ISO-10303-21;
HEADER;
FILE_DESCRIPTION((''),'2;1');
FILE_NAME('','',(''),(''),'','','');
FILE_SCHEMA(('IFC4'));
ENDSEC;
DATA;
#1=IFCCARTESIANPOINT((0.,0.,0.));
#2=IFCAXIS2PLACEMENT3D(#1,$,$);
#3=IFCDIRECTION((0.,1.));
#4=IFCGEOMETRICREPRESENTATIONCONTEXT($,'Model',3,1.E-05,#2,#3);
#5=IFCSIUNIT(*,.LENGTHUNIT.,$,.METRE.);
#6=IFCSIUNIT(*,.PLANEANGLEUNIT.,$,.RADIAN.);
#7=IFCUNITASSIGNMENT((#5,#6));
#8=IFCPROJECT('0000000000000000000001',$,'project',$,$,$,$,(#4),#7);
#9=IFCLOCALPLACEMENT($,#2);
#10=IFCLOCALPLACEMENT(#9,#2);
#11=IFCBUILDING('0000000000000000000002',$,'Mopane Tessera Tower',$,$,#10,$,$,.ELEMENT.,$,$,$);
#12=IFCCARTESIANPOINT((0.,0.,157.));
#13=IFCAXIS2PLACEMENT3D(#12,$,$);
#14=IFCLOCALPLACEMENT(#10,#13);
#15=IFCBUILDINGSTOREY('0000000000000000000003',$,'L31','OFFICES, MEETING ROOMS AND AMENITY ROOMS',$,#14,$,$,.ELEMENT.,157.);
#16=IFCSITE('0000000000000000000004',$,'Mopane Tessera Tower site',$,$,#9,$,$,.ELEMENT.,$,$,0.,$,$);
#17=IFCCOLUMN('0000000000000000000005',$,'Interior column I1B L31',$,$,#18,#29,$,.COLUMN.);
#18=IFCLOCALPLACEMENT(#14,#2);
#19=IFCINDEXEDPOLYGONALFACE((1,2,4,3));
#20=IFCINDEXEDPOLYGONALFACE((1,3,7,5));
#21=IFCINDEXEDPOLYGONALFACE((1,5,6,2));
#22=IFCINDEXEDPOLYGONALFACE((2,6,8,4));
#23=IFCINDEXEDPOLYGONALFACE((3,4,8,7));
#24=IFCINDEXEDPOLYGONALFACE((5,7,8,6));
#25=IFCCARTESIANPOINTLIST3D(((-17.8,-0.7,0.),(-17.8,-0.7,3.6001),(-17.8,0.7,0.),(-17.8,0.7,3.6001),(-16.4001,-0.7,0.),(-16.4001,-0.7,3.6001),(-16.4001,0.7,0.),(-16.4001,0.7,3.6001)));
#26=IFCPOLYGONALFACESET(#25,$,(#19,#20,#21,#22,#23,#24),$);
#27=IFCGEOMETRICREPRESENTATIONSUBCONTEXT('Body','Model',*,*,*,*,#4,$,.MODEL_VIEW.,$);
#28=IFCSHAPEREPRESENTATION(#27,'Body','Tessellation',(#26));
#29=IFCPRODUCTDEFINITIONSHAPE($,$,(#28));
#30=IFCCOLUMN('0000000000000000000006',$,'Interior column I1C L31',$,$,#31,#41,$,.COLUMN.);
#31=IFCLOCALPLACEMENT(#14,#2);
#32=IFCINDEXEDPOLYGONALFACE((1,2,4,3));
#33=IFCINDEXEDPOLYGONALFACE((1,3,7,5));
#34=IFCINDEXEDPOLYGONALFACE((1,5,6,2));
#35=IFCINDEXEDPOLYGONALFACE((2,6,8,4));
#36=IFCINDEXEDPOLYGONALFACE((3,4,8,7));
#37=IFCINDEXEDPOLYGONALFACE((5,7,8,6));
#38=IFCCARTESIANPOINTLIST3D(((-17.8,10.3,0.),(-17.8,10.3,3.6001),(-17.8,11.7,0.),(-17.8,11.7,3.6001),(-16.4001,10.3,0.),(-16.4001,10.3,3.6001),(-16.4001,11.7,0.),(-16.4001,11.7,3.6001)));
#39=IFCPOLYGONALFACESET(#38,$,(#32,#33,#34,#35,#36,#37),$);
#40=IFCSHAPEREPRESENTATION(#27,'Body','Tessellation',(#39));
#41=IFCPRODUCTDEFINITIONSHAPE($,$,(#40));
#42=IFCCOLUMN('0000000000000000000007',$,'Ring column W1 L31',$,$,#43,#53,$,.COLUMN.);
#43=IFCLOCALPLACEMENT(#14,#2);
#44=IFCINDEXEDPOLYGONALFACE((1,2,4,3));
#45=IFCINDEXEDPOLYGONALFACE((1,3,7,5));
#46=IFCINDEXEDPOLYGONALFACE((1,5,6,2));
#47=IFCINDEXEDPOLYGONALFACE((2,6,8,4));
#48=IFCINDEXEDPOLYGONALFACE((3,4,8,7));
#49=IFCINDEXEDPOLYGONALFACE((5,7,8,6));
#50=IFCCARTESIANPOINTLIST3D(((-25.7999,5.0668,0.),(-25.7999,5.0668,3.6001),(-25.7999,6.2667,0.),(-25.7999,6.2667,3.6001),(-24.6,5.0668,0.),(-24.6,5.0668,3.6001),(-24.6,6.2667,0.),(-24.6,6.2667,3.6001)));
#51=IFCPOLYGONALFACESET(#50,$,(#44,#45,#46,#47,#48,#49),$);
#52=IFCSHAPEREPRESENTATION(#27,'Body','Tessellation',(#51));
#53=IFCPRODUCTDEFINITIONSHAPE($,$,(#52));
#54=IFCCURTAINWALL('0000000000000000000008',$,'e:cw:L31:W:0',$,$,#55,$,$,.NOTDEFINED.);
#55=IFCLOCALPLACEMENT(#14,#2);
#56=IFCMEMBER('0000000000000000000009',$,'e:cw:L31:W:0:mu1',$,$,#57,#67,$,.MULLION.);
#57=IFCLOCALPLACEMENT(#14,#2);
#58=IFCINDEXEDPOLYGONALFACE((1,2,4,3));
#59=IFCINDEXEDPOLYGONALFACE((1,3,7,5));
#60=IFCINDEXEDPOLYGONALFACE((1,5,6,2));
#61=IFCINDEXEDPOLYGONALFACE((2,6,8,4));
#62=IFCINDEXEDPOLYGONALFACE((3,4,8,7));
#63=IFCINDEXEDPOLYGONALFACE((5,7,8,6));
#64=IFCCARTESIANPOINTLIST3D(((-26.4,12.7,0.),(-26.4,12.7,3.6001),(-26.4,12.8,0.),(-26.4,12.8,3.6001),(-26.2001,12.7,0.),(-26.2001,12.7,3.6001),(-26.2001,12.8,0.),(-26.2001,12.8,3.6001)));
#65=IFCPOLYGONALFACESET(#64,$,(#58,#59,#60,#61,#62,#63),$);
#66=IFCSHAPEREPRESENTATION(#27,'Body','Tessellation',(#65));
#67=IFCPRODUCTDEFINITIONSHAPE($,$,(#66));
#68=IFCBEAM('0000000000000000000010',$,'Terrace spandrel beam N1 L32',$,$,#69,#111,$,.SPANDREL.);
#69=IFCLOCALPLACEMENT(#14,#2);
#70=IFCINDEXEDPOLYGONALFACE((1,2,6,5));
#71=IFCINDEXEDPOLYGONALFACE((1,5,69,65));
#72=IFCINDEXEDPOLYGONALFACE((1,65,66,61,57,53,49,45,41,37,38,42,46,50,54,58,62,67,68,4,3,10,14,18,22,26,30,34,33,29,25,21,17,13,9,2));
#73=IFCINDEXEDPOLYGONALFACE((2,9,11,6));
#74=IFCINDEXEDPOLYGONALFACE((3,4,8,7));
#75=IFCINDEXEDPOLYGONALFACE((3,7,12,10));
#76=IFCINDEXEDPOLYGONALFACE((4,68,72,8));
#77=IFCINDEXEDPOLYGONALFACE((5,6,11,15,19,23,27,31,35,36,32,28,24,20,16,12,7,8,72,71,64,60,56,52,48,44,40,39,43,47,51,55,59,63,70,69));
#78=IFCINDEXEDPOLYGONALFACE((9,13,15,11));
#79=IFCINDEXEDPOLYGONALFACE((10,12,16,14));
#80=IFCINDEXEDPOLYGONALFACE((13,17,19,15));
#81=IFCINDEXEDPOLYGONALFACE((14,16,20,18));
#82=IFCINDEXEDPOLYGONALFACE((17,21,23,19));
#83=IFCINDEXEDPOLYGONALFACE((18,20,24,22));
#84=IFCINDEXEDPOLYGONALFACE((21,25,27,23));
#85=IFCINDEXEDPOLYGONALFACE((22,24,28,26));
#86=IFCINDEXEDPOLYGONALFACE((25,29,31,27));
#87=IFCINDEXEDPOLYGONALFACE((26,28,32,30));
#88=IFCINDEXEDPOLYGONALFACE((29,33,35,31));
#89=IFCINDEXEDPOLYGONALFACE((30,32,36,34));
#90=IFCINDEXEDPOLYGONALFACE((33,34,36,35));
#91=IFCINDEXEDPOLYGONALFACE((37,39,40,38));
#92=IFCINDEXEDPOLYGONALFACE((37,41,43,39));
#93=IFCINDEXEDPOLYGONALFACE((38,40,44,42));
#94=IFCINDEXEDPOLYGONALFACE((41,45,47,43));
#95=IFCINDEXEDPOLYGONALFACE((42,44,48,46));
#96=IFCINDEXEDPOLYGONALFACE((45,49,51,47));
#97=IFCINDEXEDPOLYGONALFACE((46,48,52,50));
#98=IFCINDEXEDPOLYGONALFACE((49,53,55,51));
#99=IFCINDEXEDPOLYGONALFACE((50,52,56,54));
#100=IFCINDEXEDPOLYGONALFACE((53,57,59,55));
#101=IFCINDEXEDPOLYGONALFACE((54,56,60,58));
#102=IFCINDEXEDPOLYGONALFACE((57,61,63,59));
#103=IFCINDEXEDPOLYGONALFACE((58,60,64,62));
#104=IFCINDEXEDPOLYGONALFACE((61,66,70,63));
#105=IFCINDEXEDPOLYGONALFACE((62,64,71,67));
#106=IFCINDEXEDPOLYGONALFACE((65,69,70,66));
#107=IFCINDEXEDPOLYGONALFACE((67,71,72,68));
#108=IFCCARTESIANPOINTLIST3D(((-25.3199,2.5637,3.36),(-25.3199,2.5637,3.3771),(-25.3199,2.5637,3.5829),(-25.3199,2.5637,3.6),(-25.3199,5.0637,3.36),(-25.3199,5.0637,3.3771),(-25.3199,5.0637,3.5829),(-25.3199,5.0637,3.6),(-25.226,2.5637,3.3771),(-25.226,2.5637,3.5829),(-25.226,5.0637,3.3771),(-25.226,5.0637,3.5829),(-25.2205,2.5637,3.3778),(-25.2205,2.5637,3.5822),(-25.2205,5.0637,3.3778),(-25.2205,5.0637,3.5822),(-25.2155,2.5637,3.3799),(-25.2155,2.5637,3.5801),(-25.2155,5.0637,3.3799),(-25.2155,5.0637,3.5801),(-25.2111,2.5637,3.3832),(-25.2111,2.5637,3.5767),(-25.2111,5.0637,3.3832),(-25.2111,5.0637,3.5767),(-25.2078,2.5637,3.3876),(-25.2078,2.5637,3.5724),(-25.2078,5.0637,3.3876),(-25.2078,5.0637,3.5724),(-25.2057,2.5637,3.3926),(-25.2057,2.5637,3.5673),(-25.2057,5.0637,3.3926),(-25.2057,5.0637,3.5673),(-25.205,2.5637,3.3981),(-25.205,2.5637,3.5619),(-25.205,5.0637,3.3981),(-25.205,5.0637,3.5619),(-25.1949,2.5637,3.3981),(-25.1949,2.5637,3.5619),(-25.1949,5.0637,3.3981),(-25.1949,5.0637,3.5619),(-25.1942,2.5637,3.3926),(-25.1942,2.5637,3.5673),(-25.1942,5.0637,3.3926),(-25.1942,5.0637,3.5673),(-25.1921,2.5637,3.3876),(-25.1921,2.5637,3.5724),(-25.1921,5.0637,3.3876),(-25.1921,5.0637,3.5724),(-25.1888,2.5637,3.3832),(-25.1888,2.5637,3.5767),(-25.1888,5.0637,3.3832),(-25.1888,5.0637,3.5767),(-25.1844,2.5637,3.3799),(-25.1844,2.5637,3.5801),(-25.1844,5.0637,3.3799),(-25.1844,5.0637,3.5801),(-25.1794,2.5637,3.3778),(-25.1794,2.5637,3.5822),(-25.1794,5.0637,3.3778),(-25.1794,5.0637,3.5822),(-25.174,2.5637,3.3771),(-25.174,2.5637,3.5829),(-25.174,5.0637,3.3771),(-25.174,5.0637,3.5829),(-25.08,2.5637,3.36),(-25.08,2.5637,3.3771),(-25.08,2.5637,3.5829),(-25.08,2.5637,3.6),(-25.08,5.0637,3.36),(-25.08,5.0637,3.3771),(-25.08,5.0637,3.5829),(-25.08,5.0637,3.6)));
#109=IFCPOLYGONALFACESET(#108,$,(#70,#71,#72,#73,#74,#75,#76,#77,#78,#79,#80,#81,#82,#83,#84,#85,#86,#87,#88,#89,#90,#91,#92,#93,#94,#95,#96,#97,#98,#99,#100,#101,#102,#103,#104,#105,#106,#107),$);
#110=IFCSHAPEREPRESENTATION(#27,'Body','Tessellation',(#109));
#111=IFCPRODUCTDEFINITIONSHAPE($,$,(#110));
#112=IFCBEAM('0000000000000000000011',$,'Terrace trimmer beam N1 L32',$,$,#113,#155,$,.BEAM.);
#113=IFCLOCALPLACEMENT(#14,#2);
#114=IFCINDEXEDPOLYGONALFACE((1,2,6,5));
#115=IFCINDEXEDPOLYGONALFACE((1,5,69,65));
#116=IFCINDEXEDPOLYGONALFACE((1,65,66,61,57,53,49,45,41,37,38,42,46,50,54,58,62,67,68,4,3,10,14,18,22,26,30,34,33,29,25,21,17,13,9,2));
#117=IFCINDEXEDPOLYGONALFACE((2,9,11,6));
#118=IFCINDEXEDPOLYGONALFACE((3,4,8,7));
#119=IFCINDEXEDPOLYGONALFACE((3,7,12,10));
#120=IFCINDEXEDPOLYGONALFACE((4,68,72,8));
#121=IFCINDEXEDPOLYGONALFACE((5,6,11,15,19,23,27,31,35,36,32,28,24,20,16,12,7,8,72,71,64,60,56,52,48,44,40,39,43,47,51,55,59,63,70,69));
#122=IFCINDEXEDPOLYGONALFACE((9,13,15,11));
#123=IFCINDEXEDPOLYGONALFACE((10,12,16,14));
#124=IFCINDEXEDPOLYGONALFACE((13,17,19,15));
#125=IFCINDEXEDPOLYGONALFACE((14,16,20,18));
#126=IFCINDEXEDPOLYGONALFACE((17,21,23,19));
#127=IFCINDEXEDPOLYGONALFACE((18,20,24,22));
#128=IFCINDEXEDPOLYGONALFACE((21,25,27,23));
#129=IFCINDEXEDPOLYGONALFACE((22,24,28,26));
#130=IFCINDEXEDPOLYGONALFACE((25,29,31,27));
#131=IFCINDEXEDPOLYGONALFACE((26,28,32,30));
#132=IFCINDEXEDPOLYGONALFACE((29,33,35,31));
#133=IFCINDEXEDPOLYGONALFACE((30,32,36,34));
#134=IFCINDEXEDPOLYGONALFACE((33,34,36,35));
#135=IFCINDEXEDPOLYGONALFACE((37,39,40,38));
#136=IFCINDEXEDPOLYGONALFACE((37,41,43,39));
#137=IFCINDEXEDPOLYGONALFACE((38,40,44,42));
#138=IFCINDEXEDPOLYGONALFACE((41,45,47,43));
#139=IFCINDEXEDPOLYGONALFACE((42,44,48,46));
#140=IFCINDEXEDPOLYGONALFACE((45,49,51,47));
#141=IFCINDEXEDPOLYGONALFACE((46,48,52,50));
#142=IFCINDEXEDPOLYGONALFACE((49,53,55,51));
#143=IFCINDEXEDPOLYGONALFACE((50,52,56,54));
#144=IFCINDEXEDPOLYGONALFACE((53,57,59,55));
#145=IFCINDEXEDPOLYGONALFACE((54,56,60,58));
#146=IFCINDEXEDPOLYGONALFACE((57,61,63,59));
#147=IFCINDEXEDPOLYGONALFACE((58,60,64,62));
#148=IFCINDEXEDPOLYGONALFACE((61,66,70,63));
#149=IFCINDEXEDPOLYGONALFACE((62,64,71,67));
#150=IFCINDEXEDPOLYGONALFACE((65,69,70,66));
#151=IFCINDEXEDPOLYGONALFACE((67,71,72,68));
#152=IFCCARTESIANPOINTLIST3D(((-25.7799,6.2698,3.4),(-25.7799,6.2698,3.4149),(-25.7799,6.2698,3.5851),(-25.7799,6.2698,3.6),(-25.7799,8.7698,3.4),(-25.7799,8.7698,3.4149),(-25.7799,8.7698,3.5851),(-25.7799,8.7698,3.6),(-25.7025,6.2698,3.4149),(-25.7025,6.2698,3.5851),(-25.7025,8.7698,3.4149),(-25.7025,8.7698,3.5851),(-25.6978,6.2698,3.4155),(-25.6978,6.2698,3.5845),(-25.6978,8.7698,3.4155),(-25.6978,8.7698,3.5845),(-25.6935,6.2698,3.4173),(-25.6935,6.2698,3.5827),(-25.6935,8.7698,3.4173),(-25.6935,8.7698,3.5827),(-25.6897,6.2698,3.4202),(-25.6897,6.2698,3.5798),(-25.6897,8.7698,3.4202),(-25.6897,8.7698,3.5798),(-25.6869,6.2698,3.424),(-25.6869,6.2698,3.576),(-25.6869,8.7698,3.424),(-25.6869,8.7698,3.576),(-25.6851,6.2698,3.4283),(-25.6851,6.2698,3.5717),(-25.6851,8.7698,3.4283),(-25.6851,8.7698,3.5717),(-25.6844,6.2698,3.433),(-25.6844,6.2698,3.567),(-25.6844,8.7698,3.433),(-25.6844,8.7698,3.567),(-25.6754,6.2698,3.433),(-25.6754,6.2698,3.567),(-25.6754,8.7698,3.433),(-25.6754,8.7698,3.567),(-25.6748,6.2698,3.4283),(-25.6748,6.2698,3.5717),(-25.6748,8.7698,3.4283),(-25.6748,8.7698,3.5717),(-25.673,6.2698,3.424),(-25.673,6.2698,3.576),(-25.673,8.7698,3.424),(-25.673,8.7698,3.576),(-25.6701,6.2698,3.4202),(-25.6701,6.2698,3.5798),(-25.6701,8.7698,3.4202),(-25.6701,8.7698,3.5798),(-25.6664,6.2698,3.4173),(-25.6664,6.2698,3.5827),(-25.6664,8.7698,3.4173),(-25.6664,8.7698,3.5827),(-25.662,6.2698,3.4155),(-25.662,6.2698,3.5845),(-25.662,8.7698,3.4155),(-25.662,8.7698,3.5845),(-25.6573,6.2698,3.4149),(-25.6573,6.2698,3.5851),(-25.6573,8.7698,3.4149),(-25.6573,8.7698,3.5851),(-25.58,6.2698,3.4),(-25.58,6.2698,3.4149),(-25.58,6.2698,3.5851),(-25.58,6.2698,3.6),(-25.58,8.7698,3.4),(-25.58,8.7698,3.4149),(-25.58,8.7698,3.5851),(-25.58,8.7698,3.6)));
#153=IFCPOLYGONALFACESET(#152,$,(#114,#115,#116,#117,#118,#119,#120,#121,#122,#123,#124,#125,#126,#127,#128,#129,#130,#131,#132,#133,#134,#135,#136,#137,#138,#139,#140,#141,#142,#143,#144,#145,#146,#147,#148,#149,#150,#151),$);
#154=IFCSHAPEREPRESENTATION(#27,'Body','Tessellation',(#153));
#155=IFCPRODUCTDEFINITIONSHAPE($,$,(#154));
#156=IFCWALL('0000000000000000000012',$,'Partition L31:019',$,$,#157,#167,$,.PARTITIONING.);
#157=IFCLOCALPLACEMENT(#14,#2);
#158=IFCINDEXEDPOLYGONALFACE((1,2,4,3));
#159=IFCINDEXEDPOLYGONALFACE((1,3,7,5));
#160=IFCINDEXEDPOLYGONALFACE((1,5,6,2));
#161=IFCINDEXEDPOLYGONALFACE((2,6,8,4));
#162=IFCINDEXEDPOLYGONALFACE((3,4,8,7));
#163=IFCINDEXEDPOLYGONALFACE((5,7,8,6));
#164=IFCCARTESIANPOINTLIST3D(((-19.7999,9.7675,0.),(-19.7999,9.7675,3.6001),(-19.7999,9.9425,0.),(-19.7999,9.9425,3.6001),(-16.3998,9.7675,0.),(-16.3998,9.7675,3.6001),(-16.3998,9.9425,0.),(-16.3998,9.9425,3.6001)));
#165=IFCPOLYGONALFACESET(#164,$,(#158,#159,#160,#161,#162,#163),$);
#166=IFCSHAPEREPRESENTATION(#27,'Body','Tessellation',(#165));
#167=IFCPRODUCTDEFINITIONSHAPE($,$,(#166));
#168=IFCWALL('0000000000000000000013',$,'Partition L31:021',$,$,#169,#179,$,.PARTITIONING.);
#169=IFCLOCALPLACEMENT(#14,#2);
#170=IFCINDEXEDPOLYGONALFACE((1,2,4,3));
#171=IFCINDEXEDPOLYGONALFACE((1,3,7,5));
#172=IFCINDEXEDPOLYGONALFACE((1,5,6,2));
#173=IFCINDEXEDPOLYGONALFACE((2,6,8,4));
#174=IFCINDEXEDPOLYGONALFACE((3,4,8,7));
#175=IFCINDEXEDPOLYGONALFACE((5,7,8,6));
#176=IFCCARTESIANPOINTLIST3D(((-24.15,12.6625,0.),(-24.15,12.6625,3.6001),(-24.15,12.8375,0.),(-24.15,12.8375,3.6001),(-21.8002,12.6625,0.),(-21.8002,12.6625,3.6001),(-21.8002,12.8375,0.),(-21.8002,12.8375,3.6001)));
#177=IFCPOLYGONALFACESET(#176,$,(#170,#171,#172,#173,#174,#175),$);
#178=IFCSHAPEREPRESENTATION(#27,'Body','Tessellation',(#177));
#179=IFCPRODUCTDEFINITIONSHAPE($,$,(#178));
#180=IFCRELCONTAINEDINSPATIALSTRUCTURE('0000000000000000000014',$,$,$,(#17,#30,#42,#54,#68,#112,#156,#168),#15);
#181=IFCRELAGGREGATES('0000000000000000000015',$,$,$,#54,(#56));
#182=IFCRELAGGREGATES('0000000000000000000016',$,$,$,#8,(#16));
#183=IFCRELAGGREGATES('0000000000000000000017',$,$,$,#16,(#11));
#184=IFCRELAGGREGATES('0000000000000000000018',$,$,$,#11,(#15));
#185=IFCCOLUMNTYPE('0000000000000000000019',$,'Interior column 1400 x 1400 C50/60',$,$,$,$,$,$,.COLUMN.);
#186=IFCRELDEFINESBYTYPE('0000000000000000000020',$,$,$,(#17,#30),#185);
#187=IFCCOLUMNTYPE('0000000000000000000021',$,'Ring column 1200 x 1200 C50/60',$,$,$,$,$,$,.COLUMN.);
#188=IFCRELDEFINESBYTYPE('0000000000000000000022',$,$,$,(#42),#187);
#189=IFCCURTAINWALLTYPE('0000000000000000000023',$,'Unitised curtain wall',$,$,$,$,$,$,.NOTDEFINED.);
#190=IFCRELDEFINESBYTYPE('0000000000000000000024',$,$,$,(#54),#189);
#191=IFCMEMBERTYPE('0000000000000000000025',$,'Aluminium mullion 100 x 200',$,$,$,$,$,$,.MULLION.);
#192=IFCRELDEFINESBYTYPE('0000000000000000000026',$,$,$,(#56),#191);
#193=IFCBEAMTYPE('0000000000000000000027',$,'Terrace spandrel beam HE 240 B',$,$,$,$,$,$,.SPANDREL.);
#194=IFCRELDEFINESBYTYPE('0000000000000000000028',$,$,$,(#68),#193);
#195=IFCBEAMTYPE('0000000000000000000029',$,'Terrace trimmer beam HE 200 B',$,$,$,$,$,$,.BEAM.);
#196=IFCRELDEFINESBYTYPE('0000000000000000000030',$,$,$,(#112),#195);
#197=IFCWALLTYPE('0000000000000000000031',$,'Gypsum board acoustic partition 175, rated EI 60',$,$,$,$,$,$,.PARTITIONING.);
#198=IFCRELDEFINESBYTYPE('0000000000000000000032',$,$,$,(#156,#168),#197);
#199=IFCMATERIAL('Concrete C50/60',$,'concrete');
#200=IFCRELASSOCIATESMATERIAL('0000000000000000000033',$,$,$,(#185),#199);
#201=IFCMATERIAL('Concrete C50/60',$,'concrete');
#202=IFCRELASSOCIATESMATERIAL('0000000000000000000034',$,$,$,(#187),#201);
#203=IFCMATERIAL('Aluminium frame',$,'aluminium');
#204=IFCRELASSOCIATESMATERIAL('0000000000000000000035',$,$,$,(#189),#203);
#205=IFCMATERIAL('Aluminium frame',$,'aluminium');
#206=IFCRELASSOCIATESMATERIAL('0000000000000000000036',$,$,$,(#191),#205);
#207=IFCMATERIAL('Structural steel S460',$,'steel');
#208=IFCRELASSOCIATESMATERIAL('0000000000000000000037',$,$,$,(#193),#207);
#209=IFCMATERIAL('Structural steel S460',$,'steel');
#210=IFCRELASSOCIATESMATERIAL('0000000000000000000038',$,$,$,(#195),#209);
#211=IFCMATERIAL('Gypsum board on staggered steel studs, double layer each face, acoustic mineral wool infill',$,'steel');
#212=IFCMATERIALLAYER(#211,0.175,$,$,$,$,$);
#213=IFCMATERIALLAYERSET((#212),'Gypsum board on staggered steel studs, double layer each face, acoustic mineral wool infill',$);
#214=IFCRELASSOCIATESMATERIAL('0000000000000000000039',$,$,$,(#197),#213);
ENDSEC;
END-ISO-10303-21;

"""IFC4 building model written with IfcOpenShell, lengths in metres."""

from ifc_helpers import new_model, si_unit, direction, frame, frame_2d, origin, origin_2d, place, context, subcontext, project, spatial, rectangle, i_section, extrude, material, layer, layer_set, material_profile, profile_set, type_object, element, aggregate, save


model = new_model("IFC4")

# Units and contexts
model_context = context("Model", 3, precision=1e-05, world=origin(), true_north=direction((0.0, 1.0)))
body_context = subcontext(model_context, "Body", "Model", "MODEL_VIEW")
ifc_project = project(units=[si_unit("LENGTHUNIT", "METRE"), si_unit("PLANEANGLEUNIT", "RADIAN")], contexts=[model_context])

# Site, building, storey
site_placement = place(None, origin())
site = spatial("IfcSite", under=ifc_project, at=site_placement, Name="Mopane Tessera Tower site", CompositionType="ELEMENT", RefElevation=0.0)
building_placement = place(site_placement, origin())
building = spatial("IfcBuilding", under=site, at=building_placement, Name="Mopane Tessera Tower", CompositionType="ELEMENT")
storey_placement = place(building_placement, frame((0.0, 0.0, 157.0)))
storey = spatial("IfcBuildingStorey", under=building, at=storey_placement, Name="L31", Description="OFFICES, MEETING ROOMS AND AMENITY ROOMS", CompositionType="ELEMENT", Elevation=157.0)

# Columns
ifc_material_1 = material(Name="Concrete C50/60", Category="concrete")
ifc_material_profile_1 = material_profile(ifc_material_1, rectangle(XDim=1.3999, YDim=1.3999, at=origin_2d()))
ifc_profile_set_1 = profile_set([ifc_material_profile_1], Name="Concrete C50/60")
column_type_1 = type_object("IfcColumnType", Name="Interior column 1400 x 1400 C50/60", PredefinedType="COLUMN", material=ifc_profile_set_1)
for number, where, z_axis, x_axis, name in (
    (1, (-17.1001, 0.0, 0.0), (0.0, 0.0, 1.0), (1.0, 0.0, 0.0), "Interior column I1B L31"),
    (2, (-17.1001, 11.0, 0.0), (0.0, 0.0, 1.0), (1.0, 0.0, 0.0), "Interior column I1C L31"),
):
    element("IfcColumn", number, at=place(storey_placement, frame(where, z_axis=z_axis, x_axis=x_axis)), inside=storey, type_object=column_type_1, Name=name, PredefinedType="COLUMN", context=body_context, shape_type="SweptSolid", body=[
        extrude(rectangle(XDim=1.3999, YDim=1.3999, at=origin_2d()), origin(), (0.0, 0.0, 1.0), 3.6001),
    ])
ifc_material_2 = material(Name="Concrete C50/60", Category="concrete")
ifc_material_profile_2 = material_profile(ifc_material_2, rectangle(XDim=1.2, YDim=1.2, at=origin_2d()))
ifc_profile_set_2 = profile_set([ifc_material_profile_2], Name="Concrete C50/60")
column_type_2 = type_object("IfcColumnType", Name="Ring column 1200 x 1200 C50/60", PredefinedType="COLUMN", material=ifc_profile_set_2)
column_placement = place(storey_placement, frame((-25.2, 5.6667, 0.0), z_axis=(0.0, 0.0, 1.0), x_axis=(1.0, 0.0, 0.0)))
element("IfcColumn", 3, at=column_placement, inside=storey, type_object=column_type_2, Name="Ring column W1 L31", PredefinedType="COLUMN", context=body_context, shape_type="SweptSolid", body=[
    extrude(rectangle(XDim=1.2, YDim=1.2, at=origin_2d()), origin(), (0.0, 0.0, 1.0), 3.6001),
])

# Curtain wall, member
ifc_material_3 = material(Name="Aluminium frame", Category="aluminium")
curtain_wall_type = type_object("IfcCurtainWallType", Name="Unitised curtain wall", PredefinedType="NOTDEFINED", material=ifc_material_3)
curtain_wall_placement = place(storey_placement, origin())
curtain_wall = element("IfcCurtainWall", 4, at=curtain_wall_placement, inside=storey, type_object=curtain_wall_type, Name="e:cw:L31:W:0", PredefinedType="NOTDEFINED")
ifc_material_4 = material(Name="Aluminium frame", Category="aluminium")
ifc_material_profile_3 = material_profile(ifc_material_4, rectangle(XDim=0.1001, YDim=0.2, at=origin_2d()))
ifc_profile_set_3 = profile_set([ifc_material_profile_3], Name="Aluminium frame")
member_type = type_object("IfcMemberType", Name="Aluminium mullion 100 x 200", PredefinedType="MULLION", material=ifc_profile_set_3)
member_placement = place(storey_placement, frame((-26.3, 12.75, 0.0), z_axis=(0.0, 0.0, 1.0), x_axis=(0.0, -1.0, 0.0)))
member = element("IfcMember", 5, at=member_placement, type_object=member_type, Name="e:cw:L31:W:0:mu1", PredefinedType="MULLION", context=body_context, shape_type="SweptSolid", body=[
    extrude(rectangle(XDim=0.1001, YDim=0.2, at=origin_2d()), origin(), (0.0, 0.0, 1.0), 3.6001),
])
aggregate(curtain_wall, [member])

# Beams
ifc_material_5 = material(Name="Structural steel S460", Category="steel")
ifc_material_profile_4 = material_profile(ifc_material_5, i_section(OverallWidth=0.24, OverallDepth=0.24, WebThickness=0.01, FlangeThickness=0.0171, FilletRadius=0.021, at=origin_2d()))
ifc_profile_set_4 = profile_set([ifc_material_profile_4], Name="Structural steel S460")
beam_type_1 = type_object("IfcBeamType", Name="Terrace spandrel beam HE 240 B", PredefinedType="SPANDREL", material=ifc_profile_set_4)
beam_1_placement = place(storey_placement, frame((-25.2, 5.0637, 3.48), z_axis=(0.0, -1.0, 0.0), x_axis=(1.0, 0.0, 0.0)))
element("IfcBeam", 6, at=beam_1_placement, inside=storey, type_object=beam_type_1, Name="Terrace spandrel beam N1 L32", PredefinedType="SPANDREL", context=body_context, shape_type="SweptSolid", body=[
    extrude(i_section(OverallWidth=0.24, OverallDepth=0.24, WebThickness=0.01, FlangeThickness=0.0171, FilletRadius=0.021, at=origin_2d()), origin(), (0.0, 0.0, 1.0), 2.5),
])
ifc_material_6 = material(Name="Structural steel S460", Category="steel")
ifc_material_profile_5 = material_profile(ifc_material_6, i_section(OverallWidth=0.2, OverallDepth=0.2, WebThickness=0.009, FlangeThickness=0.0149, FilletRadius=0.0181, at=origin_2d()))
ifc_profile_set_5 = profile_set([ifc_material_profile_5], Name="Structural steel S460")
beam_type_2 = type_object("IfcBeamType", Name="Terrace trimmer beam HE 200 B", PredefinedType="BEAM", material=ifc_profile_set_5)
beam_2_placement = place(storey_placement, frame((-25.6799, 6.2698, 3.5), z_axis=(0.0, 1.0, 0.0), x_axis=(-1.0, 0.0, 0.0)))
element("IfcBeam", 7, at=beam_2_placement, inside=storey, type_object=beam_type_2, Name="Terrace trimmer beam N1 L32", PredefinedType="BEAM", context=body_context, shape_type="SweptSolid", body=[
    extrude(i_section(OverallWidth=0.2, OverallDepth=0.2, WebThickness=0.009, FlangeThickness=0.0149, FilletRadius=0.0181, at=origin_2d()), origin(), (0.0, 0.0, 1.0), 2.5),
])

# Walls
ifc_material_7 = material(Name="Gypsum board on staggered steel studs, double layer each face, acoustic mineral wool infill", Category="steel")
ifc_layer_1 = layer(ifc_material_7, 0.175)
ifc_layer_set_1 = layer_set([ifc_layer_1], Name="Gypsum board on staggered steel studs, double layer each face, acoustic mineral wool infill")
wall_type_1 = type_object("IfcWallType", Name="Gypsum board acoustic partition 175, rated EI 60", PredefinedType="PARTITIONING", material=ifc_layer_set_1)
wall_1_placement = place(storey_placement, frame((-19.8, 9.855, 0.0), z_axis=(0.0, 0.0, 1.0), x_axis=(1.0, 0.0, 0.0)))
element("IfcWall", 8, at=wall_1_placement, inside=storey, type_object=wall_type_1, Name="Partition L31:019", PredefinedType="PARTITIONING", context=body_context, shape_type="SweptSolid", body=[
    extrude(rectangle(XDim=3.4001, YDim=0.175, at=frame_2d((1.7002, 0.0))), origin(), (0.0, 0.0, 1.0), 3.6001),
])
wall_2_placement = place(storey_placement, frame((-24.1499, 12.75, 0.0), z_axis=(0.0, 0.0, 1.0), x_axis=(1.0, 0.0, 0.0)))
element("IfcWall", 9, at=wall_2_placement, inside=storey, type_object=wall_type_1, Name="Partition L31:021", PredefinedType="PARTITIONING", context=body_context, shape_type="SweptSolid", body=[
    extrude(rectangle(XDim=2.3499, YDim=0.175, at=frame_2d((1.1748, 0.0))), origin(), (0.0, 0.0, 1.0), 3.6001),
])

save(model, "model.ifc")
